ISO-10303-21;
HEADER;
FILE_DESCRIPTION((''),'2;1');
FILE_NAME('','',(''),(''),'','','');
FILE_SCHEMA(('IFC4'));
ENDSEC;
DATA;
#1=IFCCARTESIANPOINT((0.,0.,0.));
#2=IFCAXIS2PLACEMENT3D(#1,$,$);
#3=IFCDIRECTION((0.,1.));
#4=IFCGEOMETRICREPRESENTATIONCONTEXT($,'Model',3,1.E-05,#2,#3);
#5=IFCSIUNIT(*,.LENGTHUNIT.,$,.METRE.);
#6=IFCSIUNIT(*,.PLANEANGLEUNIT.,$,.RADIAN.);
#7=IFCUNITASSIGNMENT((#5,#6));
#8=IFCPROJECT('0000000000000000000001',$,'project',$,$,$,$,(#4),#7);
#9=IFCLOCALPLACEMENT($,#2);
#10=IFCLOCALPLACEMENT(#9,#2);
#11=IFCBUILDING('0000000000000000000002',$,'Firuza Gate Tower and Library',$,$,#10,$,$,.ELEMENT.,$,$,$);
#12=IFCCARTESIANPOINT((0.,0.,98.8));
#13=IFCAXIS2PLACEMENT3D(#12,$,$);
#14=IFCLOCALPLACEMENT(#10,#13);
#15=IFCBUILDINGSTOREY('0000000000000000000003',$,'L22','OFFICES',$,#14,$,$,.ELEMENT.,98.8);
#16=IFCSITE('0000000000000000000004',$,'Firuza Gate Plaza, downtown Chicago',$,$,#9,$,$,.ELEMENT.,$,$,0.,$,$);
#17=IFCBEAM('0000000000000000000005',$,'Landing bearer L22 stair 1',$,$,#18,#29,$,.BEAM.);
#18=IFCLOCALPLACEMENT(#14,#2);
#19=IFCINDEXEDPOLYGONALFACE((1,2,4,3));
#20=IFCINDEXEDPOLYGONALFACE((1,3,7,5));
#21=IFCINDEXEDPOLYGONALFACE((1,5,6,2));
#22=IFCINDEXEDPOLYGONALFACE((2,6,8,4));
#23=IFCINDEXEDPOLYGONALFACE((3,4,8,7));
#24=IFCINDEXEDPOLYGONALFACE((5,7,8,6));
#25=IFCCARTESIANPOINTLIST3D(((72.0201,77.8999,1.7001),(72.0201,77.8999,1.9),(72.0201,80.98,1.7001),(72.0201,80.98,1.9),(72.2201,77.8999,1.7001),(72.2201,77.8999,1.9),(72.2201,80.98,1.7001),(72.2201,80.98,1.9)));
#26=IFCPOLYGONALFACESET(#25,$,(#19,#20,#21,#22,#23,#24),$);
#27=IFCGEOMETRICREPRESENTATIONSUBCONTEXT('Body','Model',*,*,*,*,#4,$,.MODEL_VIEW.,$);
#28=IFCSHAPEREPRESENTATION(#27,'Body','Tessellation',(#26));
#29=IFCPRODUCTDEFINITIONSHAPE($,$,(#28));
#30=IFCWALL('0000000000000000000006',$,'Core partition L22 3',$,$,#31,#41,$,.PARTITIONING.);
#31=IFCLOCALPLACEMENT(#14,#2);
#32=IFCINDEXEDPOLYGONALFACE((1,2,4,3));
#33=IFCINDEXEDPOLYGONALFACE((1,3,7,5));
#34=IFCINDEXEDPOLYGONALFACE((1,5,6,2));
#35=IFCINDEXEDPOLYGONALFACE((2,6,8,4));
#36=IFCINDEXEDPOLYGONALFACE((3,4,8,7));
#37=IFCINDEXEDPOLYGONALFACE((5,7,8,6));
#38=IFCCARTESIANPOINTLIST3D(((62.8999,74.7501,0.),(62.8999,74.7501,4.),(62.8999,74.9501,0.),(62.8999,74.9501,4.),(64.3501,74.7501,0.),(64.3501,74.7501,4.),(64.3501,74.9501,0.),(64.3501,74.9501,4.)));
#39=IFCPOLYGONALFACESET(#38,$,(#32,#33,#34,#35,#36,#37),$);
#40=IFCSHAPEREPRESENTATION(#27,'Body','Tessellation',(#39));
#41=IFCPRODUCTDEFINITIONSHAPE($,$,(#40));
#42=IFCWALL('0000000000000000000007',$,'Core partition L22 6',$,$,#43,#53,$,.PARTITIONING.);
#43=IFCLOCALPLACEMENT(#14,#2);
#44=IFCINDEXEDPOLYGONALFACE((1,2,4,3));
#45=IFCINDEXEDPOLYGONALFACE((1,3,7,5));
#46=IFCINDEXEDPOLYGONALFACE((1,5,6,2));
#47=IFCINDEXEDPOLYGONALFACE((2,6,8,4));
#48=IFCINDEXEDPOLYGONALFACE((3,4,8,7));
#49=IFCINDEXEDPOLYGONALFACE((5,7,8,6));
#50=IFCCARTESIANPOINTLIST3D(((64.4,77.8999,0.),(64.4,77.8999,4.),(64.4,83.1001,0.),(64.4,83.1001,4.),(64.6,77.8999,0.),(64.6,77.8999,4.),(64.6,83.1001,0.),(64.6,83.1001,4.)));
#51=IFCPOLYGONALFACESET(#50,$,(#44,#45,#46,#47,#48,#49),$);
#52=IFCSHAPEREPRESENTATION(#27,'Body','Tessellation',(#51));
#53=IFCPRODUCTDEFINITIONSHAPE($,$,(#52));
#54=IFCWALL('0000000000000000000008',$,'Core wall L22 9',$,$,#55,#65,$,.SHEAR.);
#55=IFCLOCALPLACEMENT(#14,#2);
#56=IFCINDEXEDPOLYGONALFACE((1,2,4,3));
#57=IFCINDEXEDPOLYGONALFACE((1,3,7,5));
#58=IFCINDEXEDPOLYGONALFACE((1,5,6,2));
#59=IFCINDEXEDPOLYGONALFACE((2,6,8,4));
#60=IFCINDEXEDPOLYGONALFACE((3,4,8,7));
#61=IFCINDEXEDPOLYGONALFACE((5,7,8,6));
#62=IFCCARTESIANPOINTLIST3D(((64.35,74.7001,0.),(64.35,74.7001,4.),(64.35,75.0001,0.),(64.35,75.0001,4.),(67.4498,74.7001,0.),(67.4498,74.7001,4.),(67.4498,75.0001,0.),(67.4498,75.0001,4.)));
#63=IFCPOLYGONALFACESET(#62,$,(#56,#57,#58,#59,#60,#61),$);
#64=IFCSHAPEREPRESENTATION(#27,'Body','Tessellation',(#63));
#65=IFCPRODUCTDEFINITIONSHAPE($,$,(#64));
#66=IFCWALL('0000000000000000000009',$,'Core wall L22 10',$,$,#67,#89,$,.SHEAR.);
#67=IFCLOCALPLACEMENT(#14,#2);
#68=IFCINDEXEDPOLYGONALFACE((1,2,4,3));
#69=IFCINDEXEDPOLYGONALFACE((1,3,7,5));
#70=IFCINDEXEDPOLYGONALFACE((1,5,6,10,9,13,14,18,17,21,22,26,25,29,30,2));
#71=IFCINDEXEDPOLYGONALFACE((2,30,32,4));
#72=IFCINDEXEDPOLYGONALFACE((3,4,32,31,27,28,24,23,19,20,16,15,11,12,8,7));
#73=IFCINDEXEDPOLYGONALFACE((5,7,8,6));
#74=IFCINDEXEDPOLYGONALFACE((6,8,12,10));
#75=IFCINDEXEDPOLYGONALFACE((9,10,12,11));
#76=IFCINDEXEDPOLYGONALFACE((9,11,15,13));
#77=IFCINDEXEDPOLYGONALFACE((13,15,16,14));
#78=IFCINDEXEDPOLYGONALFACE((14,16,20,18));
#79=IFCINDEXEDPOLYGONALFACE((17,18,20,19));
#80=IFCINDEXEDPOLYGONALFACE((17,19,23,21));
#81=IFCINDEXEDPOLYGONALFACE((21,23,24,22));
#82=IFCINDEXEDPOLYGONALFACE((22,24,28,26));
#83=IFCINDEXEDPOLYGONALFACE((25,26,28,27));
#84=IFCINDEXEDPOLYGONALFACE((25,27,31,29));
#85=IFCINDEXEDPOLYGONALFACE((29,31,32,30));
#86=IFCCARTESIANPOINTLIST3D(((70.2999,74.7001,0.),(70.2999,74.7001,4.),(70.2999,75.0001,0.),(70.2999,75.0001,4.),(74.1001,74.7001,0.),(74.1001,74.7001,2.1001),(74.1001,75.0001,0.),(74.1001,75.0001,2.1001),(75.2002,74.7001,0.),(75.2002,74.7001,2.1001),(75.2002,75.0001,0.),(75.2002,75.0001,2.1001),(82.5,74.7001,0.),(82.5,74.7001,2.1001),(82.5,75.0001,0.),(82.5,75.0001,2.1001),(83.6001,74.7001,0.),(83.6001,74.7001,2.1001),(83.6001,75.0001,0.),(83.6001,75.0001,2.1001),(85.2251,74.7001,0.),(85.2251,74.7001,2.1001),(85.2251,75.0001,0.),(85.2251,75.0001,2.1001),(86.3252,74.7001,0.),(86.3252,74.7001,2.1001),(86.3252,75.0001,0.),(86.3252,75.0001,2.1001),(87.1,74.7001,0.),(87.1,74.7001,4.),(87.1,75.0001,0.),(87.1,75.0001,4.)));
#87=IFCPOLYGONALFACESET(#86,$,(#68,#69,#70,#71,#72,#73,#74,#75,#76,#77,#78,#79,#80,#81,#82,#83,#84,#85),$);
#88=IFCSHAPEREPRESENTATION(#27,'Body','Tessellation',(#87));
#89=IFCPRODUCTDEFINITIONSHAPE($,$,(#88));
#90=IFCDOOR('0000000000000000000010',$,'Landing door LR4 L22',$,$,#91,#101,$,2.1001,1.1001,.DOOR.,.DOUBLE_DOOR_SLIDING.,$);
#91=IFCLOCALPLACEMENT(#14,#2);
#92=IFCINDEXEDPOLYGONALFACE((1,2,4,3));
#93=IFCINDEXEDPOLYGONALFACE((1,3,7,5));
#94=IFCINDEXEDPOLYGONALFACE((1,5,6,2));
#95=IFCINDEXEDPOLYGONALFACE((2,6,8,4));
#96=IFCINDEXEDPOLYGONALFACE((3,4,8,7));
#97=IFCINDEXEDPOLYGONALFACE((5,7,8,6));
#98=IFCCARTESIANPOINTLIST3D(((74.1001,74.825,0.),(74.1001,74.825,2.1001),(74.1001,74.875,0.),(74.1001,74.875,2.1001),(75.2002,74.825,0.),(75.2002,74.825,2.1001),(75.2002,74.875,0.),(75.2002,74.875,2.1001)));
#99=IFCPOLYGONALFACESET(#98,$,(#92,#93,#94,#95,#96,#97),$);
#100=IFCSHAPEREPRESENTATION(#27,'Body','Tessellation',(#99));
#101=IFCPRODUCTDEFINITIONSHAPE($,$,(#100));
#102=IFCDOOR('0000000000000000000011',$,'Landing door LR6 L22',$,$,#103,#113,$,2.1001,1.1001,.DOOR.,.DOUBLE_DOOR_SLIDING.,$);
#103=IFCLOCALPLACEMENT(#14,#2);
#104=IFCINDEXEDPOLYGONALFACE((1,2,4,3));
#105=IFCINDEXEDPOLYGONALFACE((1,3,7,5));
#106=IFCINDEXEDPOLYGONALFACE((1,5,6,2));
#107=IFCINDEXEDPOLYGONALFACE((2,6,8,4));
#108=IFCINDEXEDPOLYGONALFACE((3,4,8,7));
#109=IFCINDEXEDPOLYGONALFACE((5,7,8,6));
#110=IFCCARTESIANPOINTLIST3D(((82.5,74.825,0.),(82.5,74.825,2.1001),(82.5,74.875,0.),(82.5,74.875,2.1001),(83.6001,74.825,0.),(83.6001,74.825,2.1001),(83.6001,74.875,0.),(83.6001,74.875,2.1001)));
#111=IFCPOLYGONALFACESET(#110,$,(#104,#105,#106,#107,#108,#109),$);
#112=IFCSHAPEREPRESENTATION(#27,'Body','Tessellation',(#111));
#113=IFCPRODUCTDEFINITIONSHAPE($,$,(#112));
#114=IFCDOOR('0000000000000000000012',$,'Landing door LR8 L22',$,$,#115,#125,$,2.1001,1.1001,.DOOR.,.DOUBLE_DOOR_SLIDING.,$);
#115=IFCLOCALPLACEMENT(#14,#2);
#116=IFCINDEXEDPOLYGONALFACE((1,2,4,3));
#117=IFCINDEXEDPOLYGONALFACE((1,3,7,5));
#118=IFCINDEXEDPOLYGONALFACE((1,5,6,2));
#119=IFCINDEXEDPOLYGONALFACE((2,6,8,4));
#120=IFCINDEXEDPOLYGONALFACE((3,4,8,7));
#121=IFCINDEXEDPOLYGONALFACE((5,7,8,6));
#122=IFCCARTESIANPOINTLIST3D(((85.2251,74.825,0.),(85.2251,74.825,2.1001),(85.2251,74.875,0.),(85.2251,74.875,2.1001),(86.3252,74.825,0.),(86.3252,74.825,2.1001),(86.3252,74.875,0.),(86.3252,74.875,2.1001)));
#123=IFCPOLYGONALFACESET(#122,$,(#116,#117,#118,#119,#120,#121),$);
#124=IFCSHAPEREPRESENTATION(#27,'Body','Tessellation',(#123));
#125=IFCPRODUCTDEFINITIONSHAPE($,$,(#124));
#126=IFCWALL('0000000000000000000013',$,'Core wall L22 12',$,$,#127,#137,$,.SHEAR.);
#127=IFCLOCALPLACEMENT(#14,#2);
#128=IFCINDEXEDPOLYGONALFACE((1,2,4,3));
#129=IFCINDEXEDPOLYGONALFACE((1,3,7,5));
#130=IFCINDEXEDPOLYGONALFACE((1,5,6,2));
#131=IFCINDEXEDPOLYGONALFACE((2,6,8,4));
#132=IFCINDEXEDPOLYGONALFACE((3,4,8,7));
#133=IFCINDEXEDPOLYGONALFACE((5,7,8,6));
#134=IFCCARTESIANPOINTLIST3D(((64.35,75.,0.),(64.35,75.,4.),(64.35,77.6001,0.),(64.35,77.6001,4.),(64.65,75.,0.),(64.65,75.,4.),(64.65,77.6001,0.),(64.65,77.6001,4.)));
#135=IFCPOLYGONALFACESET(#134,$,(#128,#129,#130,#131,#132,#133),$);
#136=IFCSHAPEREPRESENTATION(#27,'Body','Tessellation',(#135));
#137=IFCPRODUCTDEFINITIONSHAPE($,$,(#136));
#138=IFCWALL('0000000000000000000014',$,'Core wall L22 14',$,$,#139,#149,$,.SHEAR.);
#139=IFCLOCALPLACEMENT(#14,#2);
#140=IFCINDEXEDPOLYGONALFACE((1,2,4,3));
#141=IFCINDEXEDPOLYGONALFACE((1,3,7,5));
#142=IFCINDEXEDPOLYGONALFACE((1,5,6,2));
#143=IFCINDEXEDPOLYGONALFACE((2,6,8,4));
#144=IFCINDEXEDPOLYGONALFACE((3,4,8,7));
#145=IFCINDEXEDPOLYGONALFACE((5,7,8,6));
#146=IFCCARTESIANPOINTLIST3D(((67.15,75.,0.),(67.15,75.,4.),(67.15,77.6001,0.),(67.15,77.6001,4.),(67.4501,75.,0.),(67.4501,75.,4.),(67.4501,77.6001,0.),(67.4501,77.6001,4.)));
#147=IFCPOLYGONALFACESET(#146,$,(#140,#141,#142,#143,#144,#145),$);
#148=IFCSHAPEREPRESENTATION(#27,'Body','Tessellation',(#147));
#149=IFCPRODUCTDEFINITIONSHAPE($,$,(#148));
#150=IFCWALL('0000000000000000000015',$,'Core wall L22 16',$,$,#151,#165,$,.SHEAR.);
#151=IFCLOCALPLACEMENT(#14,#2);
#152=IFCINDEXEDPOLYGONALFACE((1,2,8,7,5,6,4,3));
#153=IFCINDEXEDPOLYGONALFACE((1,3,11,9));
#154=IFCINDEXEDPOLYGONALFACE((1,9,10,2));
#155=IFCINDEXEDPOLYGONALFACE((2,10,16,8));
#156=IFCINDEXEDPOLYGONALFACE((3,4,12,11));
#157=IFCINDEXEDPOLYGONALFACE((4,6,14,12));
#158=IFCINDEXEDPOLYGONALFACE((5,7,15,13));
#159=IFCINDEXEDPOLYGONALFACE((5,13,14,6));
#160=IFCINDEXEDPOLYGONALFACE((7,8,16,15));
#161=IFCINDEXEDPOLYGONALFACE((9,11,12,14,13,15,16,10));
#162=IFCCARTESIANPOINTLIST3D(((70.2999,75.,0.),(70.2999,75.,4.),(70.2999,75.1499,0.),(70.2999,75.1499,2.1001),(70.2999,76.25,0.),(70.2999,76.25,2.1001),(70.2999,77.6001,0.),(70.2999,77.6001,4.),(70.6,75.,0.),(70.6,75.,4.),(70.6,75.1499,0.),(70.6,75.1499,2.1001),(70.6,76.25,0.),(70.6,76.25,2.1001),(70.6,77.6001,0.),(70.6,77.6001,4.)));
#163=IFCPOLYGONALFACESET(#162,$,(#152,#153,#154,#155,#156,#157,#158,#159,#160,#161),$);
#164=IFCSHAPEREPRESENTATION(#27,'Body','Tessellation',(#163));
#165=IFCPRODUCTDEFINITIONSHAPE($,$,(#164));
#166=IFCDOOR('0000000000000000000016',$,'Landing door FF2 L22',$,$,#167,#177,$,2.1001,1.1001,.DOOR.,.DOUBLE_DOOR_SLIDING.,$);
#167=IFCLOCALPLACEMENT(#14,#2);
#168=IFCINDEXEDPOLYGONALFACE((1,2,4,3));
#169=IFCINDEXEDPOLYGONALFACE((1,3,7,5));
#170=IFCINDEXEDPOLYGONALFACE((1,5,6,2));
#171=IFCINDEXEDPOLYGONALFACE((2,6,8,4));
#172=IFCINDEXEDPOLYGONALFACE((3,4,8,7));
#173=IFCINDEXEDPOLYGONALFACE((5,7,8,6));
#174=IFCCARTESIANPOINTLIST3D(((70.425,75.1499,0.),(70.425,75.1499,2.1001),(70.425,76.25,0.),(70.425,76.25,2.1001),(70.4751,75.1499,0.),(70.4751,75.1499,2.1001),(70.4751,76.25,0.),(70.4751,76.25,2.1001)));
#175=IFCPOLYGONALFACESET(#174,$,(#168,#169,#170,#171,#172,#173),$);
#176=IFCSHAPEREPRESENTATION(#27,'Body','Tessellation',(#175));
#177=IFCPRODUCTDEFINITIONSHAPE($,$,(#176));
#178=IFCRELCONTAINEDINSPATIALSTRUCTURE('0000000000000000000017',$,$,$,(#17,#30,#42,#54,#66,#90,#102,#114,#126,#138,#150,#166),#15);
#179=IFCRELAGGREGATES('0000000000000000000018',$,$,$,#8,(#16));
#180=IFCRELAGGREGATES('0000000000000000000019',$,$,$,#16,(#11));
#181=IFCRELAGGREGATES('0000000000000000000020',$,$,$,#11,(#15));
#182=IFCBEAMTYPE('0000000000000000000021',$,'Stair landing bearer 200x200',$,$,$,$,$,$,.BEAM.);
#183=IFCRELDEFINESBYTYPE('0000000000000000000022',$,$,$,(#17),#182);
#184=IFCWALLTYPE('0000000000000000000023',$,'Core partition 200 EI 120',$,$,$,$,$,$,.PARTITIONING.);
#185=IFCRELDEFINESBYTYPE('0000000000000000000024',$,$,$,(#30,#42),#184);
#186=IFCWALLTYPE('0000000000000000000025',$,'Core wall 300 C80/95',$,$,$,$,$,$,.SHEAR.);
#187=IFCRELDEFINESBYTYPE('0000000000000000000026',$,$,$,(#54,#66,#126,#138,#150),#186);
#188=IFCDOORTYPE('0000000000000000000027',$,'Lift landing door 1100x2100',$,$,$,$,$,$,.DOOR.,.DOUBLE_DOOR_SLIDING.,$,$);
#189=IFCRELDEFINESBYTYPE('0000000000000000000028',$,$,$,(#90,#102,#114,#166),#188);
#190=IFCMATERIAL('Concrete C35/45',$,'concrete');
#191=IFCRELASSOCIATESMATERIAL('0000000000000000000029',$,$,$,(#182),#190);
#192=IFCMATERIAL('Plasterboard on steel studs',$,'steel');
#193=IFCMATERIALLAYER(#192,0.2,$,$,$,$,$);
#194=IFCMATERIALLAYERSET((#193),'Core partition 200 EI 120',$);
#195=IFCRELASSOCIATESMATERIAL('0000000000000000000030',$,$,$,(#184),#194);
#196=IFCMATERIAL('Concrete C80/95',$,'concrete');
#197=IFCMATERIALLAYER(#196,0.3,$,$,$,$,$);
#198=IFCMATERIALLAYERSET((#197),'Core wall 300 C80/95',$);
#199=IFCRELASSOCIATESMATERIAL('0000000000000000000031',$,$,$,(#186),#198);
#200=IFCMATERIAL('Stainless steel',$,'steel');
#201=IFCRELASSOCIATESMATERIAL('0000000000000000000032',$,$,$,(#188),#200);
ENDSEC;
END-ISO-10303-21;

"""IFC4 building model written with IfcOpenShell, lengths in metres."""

from ifc_helpers import new_model, si_unit, direction, frame, frame_2d, origin, origin_2d, place, context, subcontext, project, spatial, rectangle, extrude, material, layer, layer_set, material_profile, profile_set, type_object, element, fill, save


model = new_model("IFC4")

# Units and contexts
model_context = context("Model", 3, precision=1e-05, world=origin(), true_north=direction((0.0, 1.0)))
body_context = subcontext(model_context, "Body", "Model", "MODEL_VIEW")
ifc_project = project(units=[si_unit("LENGTHUNIT", "METRE"), si_unit("PLANEANGLEUNIT", "RADIAN")], contexts=[model_context])

# Site, building, storey
site_placement = place(None, origin())
site = spatial("IfcSite", under=ifc_project, at=site_placement, Name="Firuza Gate Plaza, downtown Chicago", CompositionType="ELEMENT", RefElevation=0.0)
building_placement = place(site_placement, origin())
building = spatial("IfcBuilding", under=site, at=building_placement, Name="Firuza Gate Tower and Library", CompositionType="ELEMENT")
storey_placement = place(building_placement, frame((0.0, 0.0, 98.8)))
storey = spatial("IfcBuildingStorey", under=building, at=storey_placement, Name="L22", Description="OFFICES", CompositionType="ELEMENT", Elevation=98.8)

# Beam
ifc_material_1 = material(Name="Concrete C35/45", Category="concrete")
ifc_material_profile = material_profile(ifc_material_1, rectangle(XDim=0.2, YDim=0.2, at=origin_2d()))
ifc_profile_set = profile_set([ifc_material_profile], Name="Concrete C35/45")
beam_type = type_object("IfcBeamType", Name="Stair landing bearer 200x200", PredefinedType="BEAM", material=ifc_profile_set)
beam_placement = place(storey_placement, frame((72.1201, 77.8999, 1.8), z_axis=(0.0, 1.0, 0.0), x_axis=(-1.0, 0.0, 0.0)))
element("IfcBeam", 1, at=beam_placement, inside=storey, type_object=beam_type, Name="Landing bearer L22 stair 1", PredefinedType="BEAM", context=body_context, shape_type="SweptSolid", body=[
    extrude(rectangle(XDim=0.2, YDim=0.2, at=origin_2d()), origin(), (0.0, 0.0, 1.0), 3.0801),
])

# Walls
ifc_material_2 = material(Name="Plasterboard on steel studs", Category="steel")
ifc_layer_1 = layer(ifc_material_2, 0.2)
ifc_layer_set_1 = layer_set([ifc_layer_1], Name="Core partition 200 EI 120")
wall_type_1 = type_object("IfcWallType", Name="Core partition 200 EI 120", PredefinedType="PARTITIONING", material=ifc_layer_set_1)
wall_1_placement = place(storey_placement, frame((62.8999, 74.8501, 0.0), z_axis=(0.0, 0.0, 1.0), x_axis=(1.0, 0.0, 0.0)))
element("IfcWall", 2, at=wall_1_placement, inside=storey, type_object=wall_type_1, Name="Core partition L22 3", PredefinedType="PARTITIONING", context=body_context, shape_type="SweptSolid", body=[
    extrude(rectangle(XDim=1.4502, YDim=0.2, at=frame_2d((0.7251, 0.0))), origin(), (0.0, 0.0, 1.0), 4.0),
])
wall_2_placement = place(storey_placement, frame((64.5, 77.8999, 0.0), z_axis=(0.0, 0.0, 1.0), x_axis=(0.0, 1.0, 0.0)))
element("IfcWall", 3, at=wall_2_placement, inside=storey, type_object=wall_type_1, Name="Core partition L22 6", PredefinedType="PARTITIONING", context=body_context, shape_type="SweptSolid", body=[
    extrude(rectangle(XDim=5.2002, YDim=0.2, at=frame_2d((2.6001, 0.0))), origin(), (0.0, 0.0, 1.0), 4.0),
])
ifc_material_3 = material(Name="Concrete C80/95", Category="concrete")
ifc_layer_2 = layer(ifc_material_3, 0.3)
ifc_layer_set_2 = layer_set([ifc_layer_2], Name="Core wall 300 C80/95")
wall_type_2 = type_object("IfcWallType", Name="Core wall 300 C80/95", PredefinedType="SHEAR", material=ifc_layer_set_2)
wall_3_placement = place(storey_placement, frame((64.3501, 74.8501, 0.0), z_axis=(0.0, 0.0, 1.0), x_axis=(1.0, 0.0, 0.0)))
element("IfcWall", 4, at=wall_3_placement, inside=storey, type_object=wall_type_2, Name="Core wall L22 9", PredefinedType="SHEAR", context=body_context, shape_type="SweptSolid", body=[
    extrude(rectangle(XDim=3.0999, YDim=0.3, at=frame_2d((1.5498, 0.0))), origin(), (0.0, 0.0, 1.0), 4.0),
])

# Wall, openings, doors
wall_4_placement = place(storey_placement, frame((70.3, 74.8501, 0.0), z_axis=(0.0, 0.0, 1.0), x_axis=(1.0, 0.0, 0.0)))
wall_4 = element("IfcWall", 5, at=wall_4_placement, inside=storey, type_object=wall_type_2, Name="Core wall L22 10", PredefinedType="SHEAR", context=body_context, shape_type="SweptSolid", body=[
    extrude(rectangle(XDim=16.8, YDim=0.3, at=frame_2d((8.3999, 0.0))), origin(), (0.0, 0.0, 1.0), 4.0),
])
opening_1_placement = place(wall_4_placement, frame((3.8, 0.0, 0.0)))
opening_1 = element("IfcOpeningElement", 6, at=opening_1_placement, cuts=wall_4, PredefinedType="OPENING", context=body_context, shape_type="SweptSolid", body=[
    extrude(rectangle(XDim=1.1001, YDim=2.1001, at=frame_2d((0.55, 1.05))), frame((0.0, 0.1602, 0.0), z_axis=(0.0, -1.0, 0.0), x_axis=(1.0, 0.0, 0.0)), (0.0, 0.0, 1.0), 0.3201),
])
opening_2_placement = place(wall_4_placement, frame((12.2, 0.0, 0.0)))
opening_2 = element("IfcOpeningElement", 7, at=opening_2_placement, cuts=wall_4, PredefinedType="OPENING", context=body_context, shape_type="SweptSolid", body=[
    extrude(rectangle(XDim=1.1001, YDim=2.1001, at=frame_2d((0.55, 1.05))), frame((0.0, 0.1602, 0.0), z_axis=(0.0, -1.0, 0.0), x_axis=(1.0, 0.0, 0.0)), (0.0, 0.0, 1.0), 0.3201),
])
opening_3_placement = place(wall_4_placement, frame((14.925, 0.0, 0.0)))
opening_3 = element("IfcOpeningElement", 8, at=opening_3_placement, cuts=wall_4, PredefinedType="OPENING", context=body_context, shape_type="SweptSolid", body=[
    extrude(rectangle(XDim=1.1001, YDim=2.1001, at=frame_2d((0.55, 1.05))), frame((0.0, 0.1602, 0.0), z_axis=(0.0, -1.0, 0.0), x_axis=(1.0, 0.0, 0.0)), (0.0, 0.0, 1.0), 0.3201),
])
ifc_material_4 = material(Name="Stainless steel", Category="steel")
door_type_1 = type_object("IfcDoorType", Name="Lift landing door 1100x2100", OperationType="DOUBLE_DOOR_SLIDING", PredefinedType="DOOR", material=ifc_material_4)
door_1_placement = place(opening_1_placement, origin())
door_1 = element("IfcDoor", 9, at=door_1_placement, inside=storey, type_object=door_type_1, Name="Landing door LR4 L22", OperationType="DOUBLE_DOOR_SLIDING", OverallHeight=2.1001, OverallWidth=1.1001, PredefinedType="DOOR", context=body_context, shape_type="SweptSolid", body=[
    extrude(rectangle(XDim=1.1001, YDim=2.1001, at=frame_2d((0.55, 1.05))), frame((0.0, 0.0249, 0.0), z_axis=(0.0, -1.0, 0.0), x_axis=(1.0, 0.0, 0.0)), (0.0, 0.0, 1.0), 0.05),
])
fill(opening_1, door_1)
door_2_placement = place(opening_2_placement, origin())
door_2 = element("IfcDoor", 10, at=door_2_placement, inside=storey, type_object=door_type_1, Name="Landing door LR6 L22", OperationType="DOUBLE_DOOR_SLIDING", OverallHeight=2.1001, OverallWidth=1.1001, PredefinedType="DOOR", context=body_context, shape_type="SweptSolid", body=[
    extrude(rectangle(XDim=1.1001, YDim=2.1001, at=frame_2d((0.55, 1.05))), frame((0.0, 0.0249, 0.0), z_axis=(0.0, -1.0, 0.0), x_axis=(1.0, 0.0, 0.0)), (0.0, 0.0, 1.0), 0.05),
])
fill(opening_2, door_2)
door_3_placement = place(opening_3_placement, origin())
door_3 = element("IfcDoor", 11, at=door_3_placement, inside=storey, type_object=door_type_1, Name="Landing door LR8 L22", OperationType="DOUBLE_DOOR_SLIDING", OverallHeight=2.1001, OverallWidth=1.1001, PredefinedType="DOOR", context=body_context, shape_type="SweptSolid", body=[
    extrude(rectangle(XDim=1.1001, YDim=2.1001, at=frame_2d((0.55, 1.05))), frame((0.0, 0.0249, 0.0), z_axis=(0.0, -1.0, 0.0), x_axis=(1.0, 0.0, 0.0)), (0.0, 0.0, 1.0), 0.05),
])
fill(opening_3, door_3)

# Walls
for number, where, z_axis, x_axis, name in (
    (12, (64.5, 75.0, 0.0), (0.0, 0.0, 1.0), (0.0, 1.0, 0.0), "Core wall L22 12"),
    (13, (67.3, 75.0, 0.0), (0.0, 0.0, 1.0), (0.0, 1.0, 0.0), "Core wall L22 14"),
):
    element("IfcWall", number, at=place(storey_placement, frame(where, z_axis=z_axis, x_axis=x_axis)), inside=storey, type_object=wall_type_2, Name=name, PredefinedType="SHEAR", context=body_context, shape_type="SweptSolid", body=[
        extrude(rectangle(XDim=2.6001, YDim=0.3, at=frame_2d((1.3, 0.0))), origin(), (0.0, 0.0, 1.0), 4.0),
    ])

# Wall, opening, door
wall_5_placement = place(storey_placement, frame((70.45, 75.0, 0.0), z_axis=(0.0, 0.0, 1.0), x_axis=(0.0, 1.0, 0.0)))
wall_5 = element("IfcWall", 14, at=wall_5_placement, inside=storey, type_object=wall_type_2, Name="Core wall L22 16", PredefinedType="SHEAR", context=body_context, shape_type="SweptSolid", body=[
    extrude(rectangle(XDim=2.6001, YDim=0.3, at=frame_2d((1.3, 0.0))), origin(), (0.0, 0.0, 1.0), 4.0),
])
opening_4_placement = place(wall_5_placement, frame((0.1499, 0.0, 0.0)))
opening_4 = element("IfcOpeningElement", 15, at=opening_4_placement, cuts=wall_5, PredefinedType="OPENING", context=body_context, shape_type="SweptSolid", body=[
    extrude(rectangle(XDim=1.1001, YDim=2.1001, at=frame_2d((0.55, 1.05))), frame((0.0, 0.1602, 0.0), z_axis=(0.0, -1.0, 0.0), x_axis=(1.0, 0.0, 0.0)), (0.0, 0.0, 1.0), 0.3201),
])
door_4_placement = place(opening_4_placement, origin())
door_4 = element("IfcDoor", 16, at=door_4_placement, inside=storey, type_object=door_type_1, Name="Landing door FF2 L22", OperationType="DOUBLE_DOOR_SLIDING", OverallHeight=2.1001, OverallWidth=1.1001, PredefinedType="DOOR", context=body_context, shape_type="SweptSolid", body=[
    extrude(rectangle(XDim=1.1001, YDim=2.1001, at=frame_2d((0.55, 1.05))), frame((0.0, 0.0249, 0.0), z_axis=(0.0, -1.0, 0.0), x_axis=(1.0, 0.0, 0.0)), (0.0, 0.0, 1.0), 0.05),
])
fill(opening_4, door_4)

save(model, "model.ifc")
